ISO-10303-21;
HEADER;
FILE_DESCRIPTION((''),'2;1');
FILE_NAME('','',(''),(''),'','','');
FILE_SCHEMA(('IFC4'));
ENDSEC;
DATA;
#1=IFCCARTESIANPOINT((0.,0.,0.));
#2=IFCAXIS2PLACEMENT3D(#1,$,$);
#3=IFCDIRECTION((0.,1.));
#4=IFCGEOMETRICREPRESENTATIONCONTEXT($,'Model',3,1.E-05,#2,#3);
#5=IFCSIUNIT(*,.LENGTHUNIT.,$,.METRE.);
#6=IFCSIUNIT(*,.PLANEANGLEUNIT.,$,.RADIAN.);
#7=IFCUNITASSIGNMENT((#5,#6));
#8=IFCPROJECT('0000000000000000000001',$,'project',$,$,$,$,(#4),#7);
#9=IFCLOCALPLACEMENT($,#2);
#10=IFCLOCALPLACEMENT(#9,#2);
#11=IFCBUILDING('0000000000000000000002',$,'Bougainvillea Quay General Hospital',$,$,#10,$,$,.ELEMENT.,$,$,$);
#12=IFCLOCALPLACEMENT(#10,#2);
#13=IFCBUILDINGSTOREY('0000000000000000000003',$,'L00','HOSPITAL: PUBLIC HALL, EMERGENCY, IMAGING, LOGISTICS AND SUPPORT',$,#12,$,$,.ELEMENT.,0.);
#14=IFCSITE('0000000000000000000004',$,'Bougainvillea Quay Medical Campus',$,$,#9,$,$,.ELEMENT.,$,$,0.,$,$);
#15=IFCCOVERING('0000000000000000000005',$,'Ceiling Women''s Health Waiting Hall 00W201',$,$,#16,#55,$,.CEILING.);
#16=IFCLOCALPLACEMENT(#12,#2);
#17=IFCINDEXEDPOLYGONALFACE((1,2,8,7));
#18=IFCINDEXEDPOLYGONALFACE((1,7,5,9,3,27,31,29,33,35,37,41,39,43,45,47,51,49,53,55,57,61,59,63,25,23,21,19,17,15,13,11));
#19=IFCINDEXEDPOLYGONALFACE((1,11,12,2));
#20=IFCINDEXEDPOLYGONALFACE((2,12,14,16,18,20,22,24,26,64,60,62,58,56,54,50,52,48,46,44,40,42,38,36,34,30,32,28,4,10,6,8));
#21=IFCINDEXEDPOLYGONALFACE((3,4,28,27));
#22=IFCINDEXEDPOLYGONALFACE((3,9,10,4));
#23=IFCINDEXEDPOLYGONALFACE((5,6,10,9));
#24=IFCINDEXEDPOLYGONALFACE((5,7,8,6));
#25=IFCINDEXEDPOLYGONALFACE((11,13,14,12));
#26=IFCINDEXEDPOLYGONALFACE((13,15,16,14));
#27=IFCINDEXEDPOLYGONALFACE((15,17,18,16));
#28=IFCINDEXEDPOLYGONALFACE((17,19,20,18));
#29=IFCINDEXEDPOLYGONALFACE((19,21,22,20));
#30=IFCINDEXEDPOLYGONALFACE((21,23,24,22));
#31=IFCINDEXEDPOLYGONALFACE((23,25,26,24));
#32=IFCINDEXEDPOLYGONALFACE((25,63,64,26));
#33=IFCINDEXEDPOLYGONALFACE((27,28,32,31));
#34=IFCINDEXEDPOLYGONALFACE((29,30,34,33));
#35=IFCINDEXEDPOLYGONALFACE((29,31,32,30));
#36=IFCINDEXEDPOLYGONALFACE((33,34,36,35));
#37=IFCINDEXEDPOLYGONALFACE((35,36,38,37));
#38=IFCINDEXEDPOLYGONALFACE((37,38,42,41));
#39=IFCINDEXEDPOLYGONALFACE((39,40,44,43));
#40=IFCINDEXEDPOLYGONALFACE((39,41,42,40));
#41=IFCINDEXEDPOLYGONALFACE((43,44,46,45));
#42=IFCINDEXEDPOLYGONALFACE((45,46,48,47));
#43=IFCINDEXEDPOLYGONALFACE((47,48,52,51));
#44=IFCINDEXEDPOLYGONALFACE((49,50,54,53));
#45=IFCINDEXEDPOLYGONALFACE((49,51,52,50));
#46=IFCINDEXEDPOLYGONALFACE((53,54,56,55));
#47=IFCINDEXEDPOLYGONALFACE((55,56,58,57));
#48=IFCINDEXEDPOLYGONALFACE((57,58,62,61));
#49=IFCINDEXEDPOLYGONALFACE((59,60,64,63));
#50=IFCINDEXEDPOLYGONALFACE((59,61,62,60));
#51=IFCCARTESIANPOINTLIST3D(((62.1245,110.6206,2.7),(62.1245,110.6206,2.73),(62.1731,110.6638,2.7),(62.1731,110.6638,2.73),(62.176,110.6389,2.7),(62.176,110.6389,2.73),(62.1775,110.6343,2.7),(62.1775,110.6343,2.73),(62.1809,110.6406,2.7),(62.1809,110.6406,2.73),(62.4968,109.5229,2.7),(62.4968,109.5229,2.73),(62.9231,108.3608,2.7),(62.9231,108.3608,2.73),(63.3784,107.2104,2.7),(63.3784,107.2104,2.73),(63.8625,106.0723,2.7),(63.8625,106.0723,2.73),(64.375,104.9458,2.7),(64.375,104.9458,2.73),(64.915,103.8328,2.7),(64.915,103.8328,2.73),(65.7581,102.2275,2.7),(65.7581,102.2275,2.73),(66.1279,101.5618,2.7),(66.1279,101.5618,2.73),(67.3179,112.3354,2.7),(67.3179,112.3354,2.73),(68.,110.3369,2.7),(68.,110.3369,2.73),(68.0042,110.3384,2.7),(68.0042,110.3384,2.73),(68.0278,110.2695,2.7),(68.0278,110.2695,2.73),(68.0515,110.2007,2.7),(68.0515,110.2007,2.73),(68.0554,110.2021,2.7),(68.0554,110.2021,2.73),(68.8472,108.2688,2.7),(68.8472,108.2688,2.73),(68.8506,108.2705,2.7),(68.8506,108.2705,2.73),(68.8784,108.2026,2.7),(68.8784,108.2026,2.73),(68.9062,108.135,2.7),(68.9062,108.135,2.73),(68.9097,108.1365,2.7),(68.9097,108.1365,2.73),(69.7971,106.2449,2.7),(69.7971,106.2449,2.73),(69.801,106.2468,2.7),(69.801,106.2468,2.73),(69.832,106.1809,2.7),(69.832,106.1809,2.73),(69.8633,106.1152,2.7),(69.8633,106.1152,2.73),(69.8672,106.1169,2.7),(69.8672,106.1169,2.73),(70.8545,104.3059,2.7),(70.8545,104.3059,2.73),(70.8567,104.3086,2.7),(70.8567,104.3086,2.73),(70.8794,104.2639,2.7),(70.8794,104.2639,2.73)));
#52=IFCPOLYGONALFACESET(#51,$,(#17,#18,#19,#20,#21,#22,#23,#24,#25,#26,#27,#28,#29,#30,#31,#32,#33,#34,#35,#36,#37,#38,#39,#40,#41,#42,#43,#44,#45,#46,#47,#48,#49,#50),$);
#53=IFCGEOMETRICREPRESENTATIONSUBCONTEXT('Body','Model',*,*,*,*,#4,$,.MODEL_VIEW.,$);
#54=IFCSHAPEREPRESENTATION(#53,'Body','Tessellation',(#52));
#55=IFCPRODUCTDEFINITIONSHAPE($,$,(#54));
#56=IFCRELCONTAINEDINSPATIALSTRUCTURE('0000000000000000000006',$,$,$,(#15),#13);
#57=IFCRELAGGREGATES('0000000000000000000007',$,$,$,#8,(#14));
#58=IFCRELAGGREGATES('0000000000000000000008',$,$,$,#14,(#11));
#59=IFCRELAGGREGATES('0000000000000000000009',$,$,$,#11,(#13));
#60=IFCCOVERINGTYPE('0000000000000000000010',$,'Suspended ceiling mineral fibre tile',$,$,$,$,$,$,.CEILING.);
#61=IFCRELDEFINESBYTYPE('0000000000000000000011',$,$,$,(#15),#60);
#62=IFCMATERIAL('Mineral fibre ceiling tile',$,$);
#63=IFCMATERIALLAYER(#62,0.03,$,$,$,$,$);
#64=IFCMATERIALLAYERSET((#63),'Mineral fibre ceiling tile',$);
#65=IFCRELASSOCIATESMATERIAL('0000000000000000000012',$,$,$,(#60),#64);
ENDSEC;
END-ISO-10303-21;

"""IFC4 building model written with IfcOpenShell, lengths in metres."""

from ifc_helpers import new_model, si_unit, direction, frame, origin, place, context, subcontext, project, spatial, polyline, outline, extrude, material, layer, layer_set, type_object, element, save


model = new_model("IFC4")

# Units and contexts
model_context = context("Model", 3, precision=1e-05, world=origin(), true_north=direction((0.0, 1.0)))
body_context = subcontext(model_context, "Body", "Model", "MODEL_VIEW")
ifc_project = project(units=[si_unit("LENGTHUNIT", "METRE"), si_unit("PLANEANGLEUNIT", "RADIAN")], contexts=[model_context])

# Site, building, storey
site_placement = place(None, origin())
site = spatial("IfcSite", under=ifc_project, at=site_placement, Name="Bougainvillea Quay Medical Campus", CompositionType="ELEMENT", RefElevation=0.0)
building_placement = place(site_placement, origin())
building = spatial("IfcBuilding", under=site, at=building_placement, Name="Bougainvillea Quay General Hospital", CompositionType="ELEMENT")
storey_placement = place(building_placement, origin())
storey = spatial("IfcBuildingStorey", under=building, at=storey_placement, Name="L00", Description="HOSPITAL: PUBLIC HALL, EMERGENCY, IMAGING, LOGISTICS AND SUPPORT", CompositionType="ELEMENT", Elevation=0.0)

# Covering
ifc_material = material(Name="Mineral fibre ceiling tile")
ifc_layer = layer(ifc_material, 0.03)
ifc_layer_set = layer_set([ifc_layer], Name="Mineral fibre ceiling tile")
covering_type = type_object("IfcCoveringType", Name="Suspended ceiling mineral fibre tile", PredefinedType="CEILING", material=ifc_layer_set)
covering_1_placement = place(storey_placement, frame((0.0, 0.0, 2.7)))
element("IfcCovering", 1, at=covering_1_placement, inside=storey, type_object=covering_type, Name="Ceiling Women's Health Waiting Hall 00W201", PredefinedType="CEILING", context=body_context, shape_type="SweptSolid", body=[
    extrude(outline(polyline([(62.1775, 110.6343), (62.1245, 110.6206), (62.4968, 109.5229), (62.9231, 108.3608), (63.3784, 107.2104), (63.8625, 106.0723), (64.375, 104.9458), (64.915, 103.8328), (65.7581, 102.2275), (66.1279, 101.5618), (70.8794, 104.2639), (70.8545, 104.3059), (70.8567, 104.3086), (69.8672, 106.1169), (69.8633, 106.1152), (69.832, 106.1809), (69.7971, 106.2449), (69.801, 106.2468), (68.9097, 108.1365), (68.9062, 108.135), (68.8784, 108.2026), (68.8472, 108.2688), (68.8506, 108.2705), (68.0554, 110.2021), (68.0515, 110.2007), (68.0278, 110.2695), (68.0, 110.3369), (68.0042, 110.3384), (67.3179, 112.3354), (62.1731, 110.6638), (62.1809, 110.6406), (62.176, 110.6389), (62.1775, 110.6343)])), origin(), (0.0, 0.0, 1.0), 0.03),
])

save(model, "model.ifc")
